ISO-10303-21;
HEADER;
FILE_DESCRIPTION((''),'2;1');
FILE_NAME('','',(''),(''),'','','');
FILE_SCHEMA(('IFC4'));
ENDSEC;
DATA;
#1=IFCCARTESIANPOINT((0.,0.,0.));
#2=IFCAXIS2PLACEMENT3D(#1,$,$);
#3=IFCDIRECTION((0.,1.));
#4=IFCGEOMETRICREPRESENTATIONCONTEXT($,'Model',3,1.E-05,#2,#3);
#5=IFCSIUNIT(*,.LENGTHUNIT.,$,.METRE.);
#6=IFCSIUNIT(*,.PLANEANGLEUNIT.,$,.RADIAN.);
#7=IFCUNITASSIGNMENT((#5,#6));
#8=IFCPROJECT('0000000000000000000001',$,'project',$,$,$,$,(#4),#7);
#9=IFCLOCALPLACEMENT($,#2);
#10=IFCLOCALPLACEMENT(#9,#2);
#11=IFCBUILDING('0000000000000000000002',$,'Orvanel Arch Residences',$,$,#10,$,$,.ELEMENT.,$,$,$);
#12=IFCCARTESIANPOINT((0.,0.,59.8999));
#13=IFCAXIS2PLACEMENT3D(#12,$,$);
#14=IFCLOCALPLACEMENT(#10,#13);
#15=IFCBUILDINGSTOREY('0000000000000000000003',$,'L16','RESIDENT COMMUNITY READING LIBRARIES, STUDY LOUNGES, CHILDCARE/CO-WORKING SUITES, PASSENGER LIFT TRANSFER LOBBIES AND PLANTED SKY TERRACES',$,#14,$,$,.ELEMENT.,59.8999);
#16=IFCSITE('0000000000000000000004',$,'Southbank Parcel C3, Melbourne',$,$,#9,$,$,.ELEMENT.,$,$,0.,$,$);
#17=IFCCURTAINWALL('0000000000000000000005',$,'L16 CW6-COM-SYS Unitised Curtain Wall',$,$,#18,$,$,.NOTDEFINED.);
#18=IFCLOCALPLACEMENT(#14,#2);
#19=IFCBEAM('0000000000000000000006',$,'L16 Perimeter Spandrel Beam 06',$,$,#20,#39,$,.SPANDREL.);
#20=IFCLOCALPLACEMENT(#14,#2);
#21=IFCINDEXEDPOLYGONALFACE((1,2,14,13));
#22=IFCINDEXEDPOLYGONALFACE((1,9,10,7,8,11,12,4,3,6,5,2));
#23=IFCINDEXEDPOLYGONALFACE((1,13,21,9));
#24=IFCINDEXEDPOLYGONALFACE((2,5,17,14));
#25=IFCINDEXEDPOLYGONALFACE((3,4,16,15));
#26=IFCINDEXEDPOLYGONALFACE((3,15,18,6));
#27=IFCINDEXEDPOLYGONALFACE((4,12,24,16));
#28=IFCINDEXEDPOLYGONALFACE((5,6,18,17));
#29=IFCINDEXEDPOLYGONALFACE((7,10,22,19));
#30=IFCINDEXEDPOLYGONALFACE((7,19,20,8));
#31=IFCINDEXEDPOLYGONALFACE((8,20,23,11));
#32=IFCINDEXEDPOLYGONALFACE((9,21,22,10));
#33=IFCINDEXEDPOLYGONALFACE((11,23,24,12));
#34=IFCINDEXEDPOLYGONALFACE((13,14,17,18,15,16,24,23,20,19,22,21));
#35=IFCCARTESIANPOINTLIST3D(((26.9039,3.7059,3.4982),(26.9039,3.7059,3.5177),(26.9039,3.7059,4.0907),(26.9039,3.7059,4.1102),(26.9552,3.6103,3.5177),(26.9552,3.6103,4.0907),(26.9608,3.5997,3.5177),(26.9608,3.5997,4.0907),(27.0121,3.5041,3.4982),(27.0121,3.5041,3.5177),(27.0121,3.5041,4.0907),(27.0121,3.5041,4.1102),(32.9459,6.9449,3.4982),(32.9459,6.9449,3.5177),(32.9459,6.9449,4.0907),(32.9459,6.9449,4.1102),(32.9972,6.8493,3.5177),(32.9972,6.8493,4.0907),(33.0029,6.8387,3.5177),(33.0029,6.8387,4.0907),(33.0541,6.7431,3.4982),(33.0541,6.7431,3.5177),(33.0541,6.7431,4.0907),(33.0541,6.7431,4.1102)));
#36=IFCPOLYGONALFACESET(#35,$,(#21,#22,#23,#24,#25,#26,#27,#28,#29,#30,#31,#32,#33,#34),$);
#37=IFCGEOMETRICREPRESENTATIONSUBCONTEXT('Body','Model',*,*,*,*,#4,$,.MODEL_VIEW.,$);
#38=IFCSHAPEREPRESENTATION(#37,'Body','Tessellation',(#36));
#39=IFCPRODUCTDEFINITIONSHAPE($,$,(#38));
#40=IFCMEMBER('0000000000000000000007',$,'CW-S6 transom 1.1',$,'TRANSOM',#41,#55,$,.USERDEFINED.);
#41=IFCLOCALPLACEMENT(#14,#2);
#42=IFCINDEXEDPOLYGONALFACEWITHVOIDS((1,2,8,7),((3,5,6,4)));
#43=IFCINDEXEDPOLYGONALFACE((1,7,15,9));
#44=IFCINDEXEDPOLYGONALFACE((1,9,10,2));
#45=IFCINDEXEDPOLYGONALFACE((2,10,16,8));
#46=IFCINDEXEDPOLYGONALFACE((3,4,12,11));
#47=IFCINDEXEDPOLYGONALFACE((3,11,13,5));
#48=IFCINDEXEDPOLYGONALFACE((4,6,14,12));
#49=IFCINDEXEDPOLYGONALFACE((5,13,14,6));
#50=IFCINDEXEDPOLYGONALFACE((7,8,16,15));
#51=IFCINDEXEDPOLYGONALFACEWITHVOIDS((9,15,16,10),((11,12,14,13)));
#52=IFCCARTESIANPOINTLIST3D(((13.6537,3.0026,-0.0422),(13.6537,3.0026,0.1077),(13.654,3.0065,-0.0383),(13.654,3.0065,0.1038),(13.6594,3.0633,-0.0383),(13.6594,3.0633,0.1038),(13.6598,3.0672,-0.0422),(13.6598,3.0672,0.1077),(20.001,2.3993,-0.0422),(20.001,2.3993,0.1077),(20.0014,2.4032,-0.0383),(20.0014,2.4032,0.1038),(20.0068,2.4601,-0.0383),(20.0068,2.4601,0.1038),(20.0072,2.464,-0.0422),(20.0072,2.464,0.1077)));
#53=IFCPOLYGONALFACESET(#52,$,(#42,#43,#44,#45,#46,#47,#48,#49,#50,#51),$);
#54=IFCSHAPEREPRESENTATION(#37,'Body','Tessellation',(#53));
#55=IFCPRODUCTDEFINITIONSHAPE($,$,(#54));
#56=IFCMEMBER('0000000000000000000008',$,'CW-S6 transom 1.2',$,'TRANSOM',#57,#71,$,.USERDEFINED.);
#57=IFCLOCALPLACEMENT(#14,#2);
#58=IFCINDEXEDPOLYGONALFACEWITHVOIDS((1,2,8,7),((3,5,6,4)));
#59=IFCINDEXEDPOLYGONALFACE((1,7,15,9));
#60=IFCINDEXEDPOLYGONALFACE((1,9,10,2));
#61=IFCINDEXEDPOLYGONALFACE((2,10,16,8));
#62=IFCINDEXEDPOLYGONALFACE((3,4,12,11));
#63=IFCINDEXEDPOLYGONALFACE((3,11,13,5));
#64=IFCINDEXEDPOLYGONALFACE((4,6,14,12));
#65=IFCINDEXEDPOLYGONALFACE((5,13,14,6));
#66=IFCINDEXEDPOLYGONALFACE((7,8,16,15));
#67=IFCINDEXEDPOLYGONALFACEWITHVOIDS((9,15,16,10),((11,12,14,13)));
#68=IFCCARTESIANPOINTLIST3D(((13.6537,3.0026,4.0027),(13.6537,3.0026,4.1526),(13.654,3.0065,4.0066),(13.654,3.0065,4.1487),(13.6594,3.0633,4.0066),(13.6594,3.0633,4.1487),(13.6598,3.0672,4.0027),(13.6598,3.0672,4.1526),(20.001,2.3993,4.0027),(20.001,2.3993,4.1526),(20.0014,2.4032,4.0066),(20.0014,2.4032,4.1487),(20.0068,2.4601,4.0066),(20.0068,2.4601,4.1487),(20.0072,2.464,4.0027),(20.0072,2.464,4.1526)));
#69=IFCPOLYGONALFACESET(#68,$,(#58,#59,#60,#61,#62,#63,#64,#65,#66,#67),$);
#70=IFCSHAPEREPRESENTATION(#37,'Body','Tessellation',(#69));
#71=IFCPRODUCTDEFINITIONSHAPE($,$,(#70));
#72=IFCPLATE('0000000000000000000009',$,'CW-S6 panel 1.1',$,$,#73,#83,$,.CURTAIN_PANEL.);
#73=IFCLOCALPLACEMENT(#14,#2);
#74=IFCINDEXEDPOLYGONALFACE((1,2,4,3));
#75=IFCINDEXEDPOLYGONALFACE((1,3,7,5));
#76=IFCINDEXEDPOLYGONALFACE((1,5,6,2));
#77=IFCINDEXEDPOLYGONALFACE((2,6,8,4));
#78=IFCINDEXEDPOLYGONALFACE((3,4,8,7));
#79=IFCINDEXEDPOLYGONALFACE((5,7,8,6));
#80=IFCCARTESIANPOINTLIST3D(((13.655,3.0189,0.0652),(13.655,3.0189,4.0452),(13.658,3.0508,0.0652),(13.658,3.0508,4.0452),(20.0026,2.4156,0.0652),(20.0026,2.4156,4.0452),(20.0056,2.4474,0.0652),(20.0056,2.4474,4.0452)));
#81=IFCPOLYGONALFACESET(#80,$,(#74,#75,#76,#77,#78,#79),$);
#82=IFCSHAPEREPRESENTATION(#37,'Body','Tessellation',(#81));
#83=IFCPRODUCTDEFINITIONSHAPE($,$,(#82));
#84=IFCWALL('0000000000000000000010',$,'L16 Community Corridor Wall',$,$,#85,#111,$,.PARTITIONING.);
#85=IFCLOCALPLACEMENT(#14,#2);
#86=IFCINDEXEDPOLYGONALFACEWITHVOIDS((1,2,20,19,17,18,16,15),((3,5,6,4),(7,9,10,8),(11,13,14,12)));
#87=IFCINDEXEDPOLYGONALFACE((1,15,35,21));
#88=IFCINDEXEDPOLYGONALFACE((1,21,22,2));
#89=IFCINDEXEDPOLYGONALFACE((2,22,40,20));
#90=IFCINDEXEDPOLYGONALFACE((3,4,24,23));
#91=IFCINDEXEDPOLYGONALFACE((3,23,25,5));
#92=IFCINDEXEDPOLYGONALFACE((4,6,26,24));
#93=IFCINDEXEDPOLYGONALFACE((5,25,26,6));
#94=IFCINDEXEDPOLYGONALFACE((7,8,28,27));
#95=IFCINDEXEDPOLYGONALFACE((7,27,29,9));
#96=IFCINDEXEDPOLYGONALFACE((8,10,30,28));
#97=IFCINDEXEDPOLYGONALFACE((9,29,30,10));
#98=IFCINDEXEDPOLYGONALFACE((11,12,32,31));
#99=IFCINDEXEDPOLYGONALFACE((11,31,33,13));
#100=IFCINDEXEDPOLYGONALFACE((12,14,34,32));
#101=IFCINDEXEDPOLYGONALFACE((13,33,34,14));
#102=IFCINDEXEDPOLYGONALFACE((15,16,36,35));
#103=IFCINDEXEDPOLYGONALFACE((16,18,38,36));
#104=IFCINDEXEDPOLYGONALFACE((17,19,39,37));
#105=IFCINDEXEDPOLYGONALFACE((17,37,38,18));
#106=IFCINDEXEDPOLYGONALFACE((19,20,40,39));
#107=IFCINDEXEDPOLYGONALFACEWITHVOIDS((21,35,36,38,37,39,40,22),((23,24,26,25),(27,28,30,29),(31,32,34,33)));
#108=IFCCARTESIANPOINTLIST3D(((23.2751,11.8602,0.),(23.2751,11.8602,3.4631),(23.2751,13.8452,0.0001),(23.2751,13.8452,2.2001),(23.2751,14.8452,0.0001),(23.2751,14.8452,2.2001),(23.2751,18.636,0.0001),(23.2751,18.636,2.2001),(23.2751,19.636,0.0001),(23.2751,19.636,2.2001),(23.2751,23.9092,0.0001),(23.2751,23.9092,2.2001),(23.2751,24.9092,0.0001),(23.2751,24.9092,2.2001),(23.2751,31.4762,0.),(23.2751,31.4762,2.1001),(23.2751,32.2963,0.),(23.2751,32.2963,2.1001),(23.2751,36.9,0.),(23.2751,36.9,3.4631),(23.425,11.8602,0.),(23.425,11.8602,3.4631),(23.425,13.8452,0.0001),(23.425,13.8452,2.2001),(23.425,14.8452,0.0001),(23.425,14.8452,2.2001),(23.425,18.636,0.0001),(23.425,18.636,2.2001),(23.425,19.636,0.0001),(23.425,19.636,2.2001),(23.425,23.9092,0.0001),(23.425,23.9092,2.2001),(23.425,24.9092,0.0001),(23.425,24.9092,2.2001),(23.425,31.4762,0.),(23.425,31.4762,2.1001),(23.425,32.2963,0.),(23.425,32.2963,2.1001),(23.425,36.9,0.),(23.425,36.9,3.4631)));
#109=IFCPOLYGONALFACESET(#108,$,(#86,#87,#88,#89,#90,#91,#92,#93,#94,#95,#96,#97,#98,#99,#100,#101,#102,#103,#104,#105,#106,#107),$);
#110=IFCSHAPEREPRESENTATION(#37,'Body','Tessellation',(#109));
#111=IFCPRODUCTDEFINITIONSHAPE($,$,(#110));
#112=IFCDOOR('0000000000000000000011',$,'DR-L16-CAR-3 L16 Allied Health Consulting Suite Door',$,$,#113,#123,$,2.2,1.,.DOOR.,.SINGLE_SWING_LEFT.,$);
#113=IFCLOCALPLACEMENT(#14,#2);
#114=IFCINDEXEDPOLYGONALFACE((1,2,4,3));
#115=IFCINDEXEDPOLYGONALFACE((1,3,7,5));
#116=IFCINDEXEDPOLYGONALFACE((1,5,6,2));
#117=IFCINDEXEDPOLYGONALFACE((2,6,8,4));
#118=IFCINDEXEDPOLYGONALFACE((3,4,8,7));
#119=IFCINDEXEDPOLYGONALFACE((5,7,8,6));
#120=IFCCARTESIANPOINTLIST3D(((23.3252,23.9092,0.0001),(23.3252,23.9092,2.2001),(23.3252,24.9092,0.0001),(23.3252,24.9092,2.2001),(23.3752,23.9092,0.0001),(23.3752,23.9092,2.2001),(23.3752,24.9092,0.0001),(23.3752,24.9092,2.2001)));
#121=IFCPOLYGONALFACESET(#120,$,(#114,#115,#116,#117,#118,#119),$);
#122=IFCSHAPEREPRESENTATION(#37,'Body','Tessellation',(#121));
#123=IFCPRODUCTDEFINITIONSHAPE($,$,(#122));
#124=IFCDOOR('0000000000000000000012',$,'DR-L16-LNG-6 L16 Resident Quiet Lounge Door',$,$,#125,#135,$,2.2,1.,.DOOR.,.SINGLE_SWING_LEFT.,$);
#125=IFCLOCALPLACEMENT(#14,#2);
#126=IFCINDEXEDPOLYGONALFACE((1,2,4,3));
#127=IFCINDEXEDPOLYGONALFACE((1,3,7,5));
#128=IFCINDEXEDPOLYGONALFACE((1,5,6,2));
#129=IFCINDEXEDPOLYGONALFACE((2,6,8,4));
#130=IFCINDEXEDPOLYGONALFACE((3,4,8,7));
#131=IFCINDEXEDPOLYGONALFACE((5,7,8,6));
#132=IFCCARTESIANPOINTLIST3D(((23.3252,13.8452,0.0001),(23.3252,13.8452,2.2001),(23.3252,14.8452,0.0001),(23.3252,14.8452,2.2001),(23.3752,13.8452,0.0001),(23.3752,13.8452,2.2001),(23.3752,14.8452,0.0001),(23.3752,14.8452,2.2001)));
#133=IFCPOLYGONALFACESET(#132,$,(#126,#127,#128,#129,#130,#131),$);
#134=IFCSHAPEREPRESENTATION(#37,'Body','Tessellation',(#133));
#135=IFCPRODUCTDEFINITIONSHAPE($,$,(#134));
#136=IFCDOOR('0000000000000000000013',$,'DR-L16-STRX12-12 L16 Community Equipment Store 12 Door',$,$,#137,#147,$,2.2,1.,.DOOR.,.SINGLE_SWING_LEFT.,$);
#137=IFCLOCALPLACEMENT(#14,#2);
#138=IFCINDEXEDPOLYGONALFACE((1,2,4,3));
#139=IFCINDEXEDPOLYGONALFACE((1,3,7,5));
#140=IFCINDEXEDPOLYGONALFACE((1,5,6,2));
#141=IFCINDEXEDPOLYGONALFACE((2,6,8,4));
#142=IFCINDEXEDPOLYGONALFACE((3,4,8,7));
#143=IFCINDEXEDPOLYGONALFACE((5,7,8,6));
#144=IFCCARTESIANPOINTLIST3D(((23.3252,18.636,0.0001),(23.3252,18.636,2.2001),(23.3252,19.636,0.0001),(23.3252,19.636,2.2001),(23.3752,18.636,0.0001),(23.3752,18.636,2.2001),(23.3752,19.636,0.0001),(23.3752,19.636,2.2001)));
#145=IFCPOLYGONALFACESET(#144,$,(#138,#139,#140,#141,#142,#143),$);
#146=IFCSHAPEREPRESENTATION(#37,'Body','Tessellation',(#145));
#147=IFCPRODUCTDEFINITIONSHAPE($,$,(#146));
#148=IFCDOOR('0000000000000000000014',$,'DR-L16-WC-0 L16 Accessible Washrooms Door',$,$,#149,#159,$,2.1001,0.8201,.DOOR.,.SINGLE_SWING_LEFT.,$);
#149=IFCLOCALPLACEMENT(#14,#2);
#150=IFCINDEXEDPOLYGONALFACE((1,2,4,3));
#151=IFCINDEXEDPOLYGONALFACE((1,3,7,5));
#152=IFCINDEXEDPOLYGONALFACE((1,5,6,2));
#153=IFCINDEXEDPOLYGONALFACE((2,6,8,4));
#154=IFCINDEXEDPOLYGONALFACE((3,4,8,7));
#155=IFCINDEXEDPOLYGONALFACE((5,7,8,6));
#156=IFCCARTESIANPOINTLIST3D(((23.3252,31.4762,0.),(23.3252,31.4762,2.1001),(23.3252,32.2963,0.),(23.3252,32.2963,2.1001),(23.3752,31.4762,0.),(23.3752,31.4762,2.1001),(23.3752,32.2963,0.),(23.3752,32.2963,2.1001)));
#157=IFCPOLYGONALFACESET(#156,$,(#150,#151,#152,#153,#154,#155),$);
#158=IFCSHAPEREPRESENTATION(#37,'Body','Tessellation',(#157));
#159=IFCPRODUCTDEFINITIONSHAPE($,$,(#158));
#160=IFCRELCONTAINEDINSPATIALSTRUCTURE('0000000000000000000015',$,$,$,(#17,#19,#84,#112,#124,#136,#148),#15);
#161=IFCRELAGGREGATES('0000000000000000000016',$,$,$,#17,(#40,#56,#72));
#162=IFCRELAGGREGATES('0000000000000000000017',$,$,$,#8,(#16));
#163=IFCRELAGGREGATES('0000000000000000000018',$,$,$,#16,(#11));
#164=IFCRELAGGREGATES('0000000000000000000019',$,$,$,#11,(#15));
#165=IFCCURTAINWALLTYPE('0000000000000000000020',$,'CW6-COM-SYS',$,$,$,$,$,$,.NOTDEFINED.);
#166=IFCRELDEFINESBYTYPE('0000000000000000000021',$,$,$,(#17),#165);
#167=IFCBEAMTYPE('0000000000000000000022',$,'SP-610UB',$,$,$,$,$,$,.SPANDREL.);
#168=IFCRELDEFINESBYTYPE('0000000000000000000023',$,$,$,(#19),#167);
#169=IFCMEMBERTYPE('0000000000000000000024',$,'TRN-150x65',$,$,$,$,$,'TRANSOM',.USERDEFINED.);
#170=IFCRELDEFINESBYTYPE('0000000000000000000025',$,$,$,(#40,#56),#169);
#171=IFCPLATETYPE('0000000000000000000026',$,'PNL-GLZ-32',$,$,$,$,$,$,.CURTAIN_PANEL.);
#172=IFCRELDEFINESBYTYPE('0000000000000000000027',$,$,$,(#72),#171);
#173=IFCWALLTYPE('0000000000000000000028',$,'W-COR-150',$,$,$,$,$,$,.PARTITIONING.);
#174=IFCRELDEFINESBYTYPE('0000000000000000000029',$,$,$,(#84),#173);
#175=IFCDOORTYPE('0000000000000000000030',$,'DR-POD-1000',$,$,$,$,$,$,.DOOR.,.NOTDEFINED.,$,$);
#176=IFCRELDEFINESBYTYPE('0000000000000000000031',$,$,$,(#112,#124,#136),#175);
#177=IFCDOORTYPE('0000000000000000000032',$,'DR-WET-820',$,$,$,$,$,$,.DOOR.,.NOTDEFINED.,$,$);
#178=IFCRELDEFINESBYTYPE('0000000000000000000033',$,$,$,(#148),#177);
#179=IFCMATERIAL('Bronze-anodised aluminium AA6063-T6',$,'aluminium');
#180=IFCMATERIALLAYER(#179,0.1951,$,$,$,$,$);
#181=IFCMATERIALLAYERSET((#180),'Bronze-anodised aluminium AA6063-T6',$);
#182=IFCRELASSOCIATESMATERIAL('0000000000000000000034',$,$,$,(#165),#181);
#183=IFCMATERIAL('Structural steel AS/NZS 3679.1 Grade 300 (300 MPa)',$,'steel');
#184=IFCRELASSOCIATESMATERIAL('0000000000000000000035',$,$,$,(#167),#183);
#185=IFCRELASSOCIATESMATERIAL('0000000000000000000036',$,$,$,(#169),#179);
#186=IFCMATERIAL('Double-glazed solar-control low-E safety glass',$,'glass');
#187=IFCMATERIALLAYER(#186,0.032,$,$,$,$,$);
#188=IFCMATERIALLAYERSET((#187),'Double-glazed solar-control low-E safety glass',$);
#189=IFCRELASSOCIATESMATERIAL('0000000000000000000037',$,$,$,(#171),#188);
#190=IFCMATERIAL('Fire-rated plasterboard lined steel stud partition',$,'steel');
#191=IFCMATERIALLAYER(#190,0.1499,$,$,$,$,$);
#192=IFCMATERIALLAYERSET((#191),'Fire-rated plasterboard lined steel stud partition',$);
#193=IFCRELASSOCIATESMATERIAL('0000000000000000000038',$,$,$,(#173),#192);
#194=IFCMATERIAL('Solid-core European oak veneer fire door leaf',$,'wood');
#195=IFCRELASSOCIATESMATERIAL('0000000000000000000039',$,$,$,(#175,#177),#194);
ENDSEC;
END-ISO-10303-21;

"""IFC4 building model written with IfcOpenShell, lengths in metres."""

from ifc_helpers import new_model, si_unit, direction, frame, frame_2d, origin, origin_2d, place, context, subcontext, project, spatial, rectangle, hollow_rectangle, i_section, extrude, material, layer, layer_set, material_profile, profile_set, type_object, element, fill, aggregate, save


model = new_model("IFC4")

# Units and contexts
model_context = context("Model", 3, precision=1e-05, world=origin(), true_north=direction((0.0, 1.0)))
body_context = subcontext(model_context, "Body", "Model", "MODEL_VIEW")
ifc_project = project(units=[si_unit("LENGTHUNIT", "METRE"), si_unit("PLANEANGLEUNIT", "RADIAN")], contexts=[model_context])

# Site, building, storey
site_placement = place(None, origin())
site = spatial("IfcSite", under=ifc_project, at=site_placement, Name="Southbank Parcel C3, Melbourne", CompositionType="ELEMENT", RefElevation=0.0)
building_placement = place(site_placement, origin())
building = spatial("IfcBuilding", under=site, at=building_placement, Name="Orvanel Arch Residences", CompositionType="ELEMENT")
storey_placement = place(building_placement, frame((0.0, 0.0, 59.8999)))
storey = spatial("IfcBuildingStorey", under=building, at=storey_placement, Name="L16", Description="RESIDENT COMMUNITY READING LIBRARIES, STUDY LOUNGES, CHILDCARE/CO-WORKING SUITES, PASSENGER LIFT TRANSFER LOBBIES AND PLANTED SKY TERRACES", CompositionType="ELEMENT", Elevation=59.8999)

# Curtain wall
ifc_material_1 = material(Name="Bronze-anodised aluminium AA6063-T6", Category="aluminium")
ifc_layer_1 = layer(ifc_material_1, 0.1951)
ifc_layer_set_1 = layer_set([ifc_layer_1], Name="Bronze-anodised aluminium AA6063-T6")
curtain_wall_type_1 = type_object("IfcCurtainWallType", Name="CW6-COM-SYS", PredefinedType="NOTDEFINED", material=ifc_layer_set_1)
curtain_wall_1_placement = place(storey_placement, origin())
curtain_wall_1 = element("IfcCurtainWall", 1, at=curtain_wall_1_placement, inside=storey, type_object=curtain_wall_type_1, Name="L16 CW6-COM-SYS Unitised Curtain Wall", PredefinedType="NOTDEFINED")

# Beam
ifc_material_2 = material(Name="Structural steel AS/NZS 3679.1 Grade 300 (300 MPa)", Category="steel")
ifc_material_profile_1 = material_profile(ifc_material_2, i_section(OverallWidth=0.229, OverallDepth=0.6121, WebThickness=0.012, FlangeThickness=0.0195, at=origin_2d()), Name="610UB125")
ifc_profile_set_1 = profile_set([ifc_material_profile_1], Name="Structural steel AS/NZS 3679.1 Grade 300 (300 MPa)")
beam_type_1 = type_object("IfcBeamType", Name="SP-610UB", PredefinedType="SPANDREL", material=ifc_profile_set_1)
beam_1_placement = place(storey_placement, frame((26.958, 3.605, 3.8042), z_axis=(0.881344, 0.472474, 0.0), x_axis=(-0.472474, 0.881344, 0.0)))
element("IfcBeam", 2, at=beam_1_placement, inside=storey, type_object=beam_type_1, Name="L16 Perimeter Spandrel Beam 06", PredefinedType="SPANDREL", context=body_context, shape_type="SweptSolid", body=[
    extrude(i_section(OverallWidth=0.229, OverallDepth=0.6121, WebThickness=0.012, FlangeThickness=0.0195, at=origin_2d()), origin(), (0.0, 0.0, 1.0), 6.8555),
])

# Members
ifc_material_profile_2 = material_profile(ifc_material_1, hollow_rectangle(XDim=0.0649, YDim=0.1499, WallThickness=0.0039, at=origin_2d()), Name="ALU150x65x4")
ifc_profile_set_2 = profile_set([ifc_material_profile_2], Name="Bronze-anodised aluminium AA6063-T6")
member_type_1 = type_object("IfcMemberType", Name="TRN-150x65", ElementType="TRANSOM", PredefinedType="USERDEFINED", material=ifc_profile_set_2)
member_1_placement = place(storey_placement, frame((13.6567, 3.0349, 0.0327), z_axis=(0.995514, -0.094616, 0.0), x_axis=(0.094616, 0.995514, 0.0)))
member_1 = element("IfcMember", 3, at=member_1_placement, type_object=member_type_1, Name="CW-S6 transom 1.1", ObjectType="TRANSOM", PredefinedType="USERDEFINED", context=body_context, shape_type="SweptSolid", body=[
    extrude(hollow_rectangle(XDim=0.0649, YDim=0.1499, WallThickness=0.0039, at=origin_2d()), origin(), (0.0, 0.0, 1.0), 6.376),
])
member_2_placement = place(storey_placement, frame((13.6567, 3.0349, 4.0776), z_axis=(0.995514, -0.094616, 0.0), x_axis=(0.094616, 0.995514, 0.0)))
member_2 = element("IfcMember", 4, at=member_2_placement, type_object=member_type_1, Name="CW-S6 transom 1.2", ObjectType="TRANSOM", PredefinedType="USERDEFINED", context=body_context, shape_type="SweptSolid", body=[
    extrude(hollow_rectangle(XDim=0.0649, YDim=0.1499, WallThickness=0.0039, at=origin_2d()), origin(), (0.0, 0.0, 1.0), 6.376),
])

# Plate
ifc_material_3 = material(Name="Double-glazed solar-control low-E safety glass", Category="glass")
ifc_layer_2 = layer(ifc_material_3, 0.032)
ifc_layer_set_2 = layer_set([ifc_layer_2], Name="Double-glazed solar-control low-E safety glass")
plate_type = type_object("IfcPlateType", Name="PNL-GLZ-32", PredefinedType="CURTAIN_PANEL", material=ifc_layer_set_2)
plate_placement = place(storey_placement, frame((16.8303, 2.7332, 0.0652), z_axis=(0.0, 0.0, 1.0), x_axis=(0.995513, -0.094627, 0.0)))
plate = element("IfcPlate", 5, at=plate_placement, type_object=plate_type, Name="CW-S6 panel 1.1", PredefinedType="CURTAIN_PANEL", context=body_context, shape_type="SweptSolid", body=[
    extrude(rectangle(XDim=6.3762, YDim=0.032, at=origin_2d()), origin(), (0.0, 0.0, 1.0), 3.98),
])
aggregate(curtain_wall_1, [member_1, member_2, plate])

# Wall, openings, doors
ifc_material_4 = material(Name="Fire-rated plasterboard lined steel stud partition", Category="steel")
ifc_layer_3 = layer(ifc_material_4, 0.1499)
ifc_layer_set_3 = layer_set([ifc_layer_3], Name="Fire-rated plasterboard lined steel stud partition")
wall_type_1 = type_object("IfcWallType", Name="W-COR-150", PredefinedType="PARTITIONING", material=ifc_layer_set_3)
wall_1_placement = place(storey_placement, frame((23.3501, 11.8601, 0.0), z_axis=(0.0, 0.0, 1.0), x_axis=(0.0, 1.0, 0.0)))
wall_1 = element("IfcWall", 6, at=wall_1_placement, inside=storey, type_object=wall_type_1, Name="L16 Community Corridor Wall", PredefinedType="PARTITIONING", context=body_context, shape_type="SweptSolid", body=[
    extrude(rectangle(XDim=25.0398, YDim=0.1499, at=frame_2d((12.52, 0.0))), origin(), (0.0, 0.0, 1.0), 3.4631),
])
opening_1_placement = place(wall_1_placement, frame((19.616, 0.0, 0.0)))
opening_1 = element("IfcOpeningElement", 7, at=opening_1_placement, cuts=wall_1, PredefinedType="OPENING", context=body_context, shape_type="SweptSolid", body=[
    extrude(rectangle(XDim=0.8201, YDim=2.1001, at=frame_2d((0.4102, 1.05))), frame((0.0, 0.085, 0.0), z_axis=(0.0, -1.0, 0.0), x_axis=(1.0, 0.0, 0.0)), (0.0, 0.0, 1.0), 0.1699),
])
opening_2_placement = place(wall_1_placement, frame((12.0491, 0.0, 0.0)))
opening_2 = element("IfcOpeningElement", 8, at=opening_2_placement, cuts=wall_1, PredefinedType="OPENING", context=body_context, shape_type="SweptSolid", body=[
    extrude(rectangle(XDim=1.0, YDim=2.2, at=frame_2d((0.5, 1.1001))), frame((0.0, 0.085, 0.0), z_axis=(0.0, -1.0, 0.0), x_axis=(1.0, 0.0, 0.0)), (0.0, 0.0, 1.0), 0.1699),
])
opening_3_placement = place(wall_1_placement, frame((1.9851, 0.0, 0.0)))
opening_3 = element("IfcOpeningElement", 9, at=opening_3_placement, cuts=wall_1, PredefinedType="OPENING", context=body_context, shape_type="SweptSolid", body=[
    extrude(rectangle(XDim=1.0, YDim=2.2, at=frame_2d((0.5, 1.1001))), frame((0.0, 0.085, 0.0), z_axis=(0.0, -1.0, 0.0), x_axis=(1.0, 0.0, 0.0)), (0.0, 0.0, 1.0), 0.1699),
])
opening_4_placement = place(wall_1_placement, frame((6.7759, 0.0, 0.0)))
opening_4 = element("IfcOpeningElement", 10, at=opening_4_placement, cuts=wall_1, PredefinedType="OPENING", context=body_context, shape_type="SweptSolid", body=[
    extrude(rectangle(XDim=1.0, YDim=2.2, at=frame_2d((0.5, 1.1001))), frame((0.0, 0.085, 0.0), z_axis=(0.0, -1.0, 0.0), x_axis=(1.0, 0.0, 0.0)), (0.0, 0.0, 1.0), 0.1699),
])
ifc_material_5 = material(Name="Solid-core European oak veneer fire door leaf", Category="wood")
door_type_1 = type_object("IfcDoorType", Name="DR-POD-1000", OperationType="NOTDEFINED", PredefinedType="DOOR", material=ifc_material_5)
door_1_placement = place(opening_2_placement, origin())
door_1 = element("IfcDoor", 11, at=door_1_placement, inside=storey, type_object=door_type_1, Name="DR-L16-CAR-3 L16 Allied Health Consulting Suite Door", OperationType="SINGLE_SWING_LEFT", OverallHeight=2.2, OverallWidth=1.0, PredefinedType="DOOR", context=body_context, shape_type="SweptSolid", body=[
    extrude(rectangle(XDim=1.0, YDim=2.2, at=frame_2d((0.5, 1.1001))), frame((0.0, 0.0249, 0.0), z_axis=(0.0, -1.0, 0.0), x_axis=(1.0, 0.0, 0.0)), (0.0, 0.0, 1.0), 0.05),
])
fill(opening_2, door_1)
door_2_placement = place(opening_3_placement, origin())
door_2 = element("IfcDoor", 12, at=door_2_placement, inside=storey, type_object=door_type_1, Name="DR-L16-LNG-6 L16 Resident Quiet Lounge Door", OperationType="SINGLE_SWING_LEFT", OverallHeight=2.2, OverallWidth=1.0, PredefinedType="DOOR", context=body_context, shape_type="SweptSolid", body=[
    extrude(rectangle(XDim=1.0, YDim=2.2, at=frame_2d((0.5, 1.1001))), frame((0.0, 0.0249, 0.0), z_axis=(0.0, -1.0, 0.0), x_axis=(1.0, 0.0, 0.0)), (0.0, 0.0, 1.0), 0.05),
])
fill(opening_3, door_2)
door_3_placement = place(opening_4_placement, origin())
door_3 = element("IfcDoor", 13, at=door_3_placement, inside=storey, type_object=door_type_1, Name="DR-L16-STRX12-12 L16 Community Equipment Store 12 Door", OperationType="SINGLE_SWING_LEFT", OverallHeight=2.2, OverallWidth=1.0, PredefinedType="DOOR", context=body_context, shape_type="SweptSolid", body=[
    extrude(rectangle(XDim=1.0, YDim=2.2, at=frame_2d((0.5, 1.1001))), frame((0.0, 0.0249, 0.0), z_axis=(0.0, -1.0, 0.0), x_axis=(1.0, 0.0, 0.0)), (0.0, 0.0, 1.0), 0.05),
])
fill(opening_4, door_3)
door_type_2 = type_object("IfcDoorType", Name="DR-WET-820", OperationType="NOTDEFINED", PredefinedType="DOOR", material=ifc_material_5)
door_4_placement = place(opening_1_placement, origin())
door_4 = element("IfcDoor", 14, at=door_4_placement, inside=storey, type_object=door_type_2, Name="DR-L16-WC-0 L16 Accessible Washrooms Door", OperationType="SINGLE_SWING_LEFT", OverallHeight=2.1001, OverallWidth=0.8201, PredefinedType="DOOR", context=body_context, shape_type="SweptSolid", body=[
    extrude(rectangle(XDim=0.8201, YDim=2.1001, at=frame_2d((0.4102, 1.05))), frame((0.0, 0.0249, 0.0), z_axis=(0.0, -1.0, 0.0), x_axis=(1.0, 0.0, 0.0)), (0.0, 0.0, 1.0), 0.05),
])
fill(opening_1, door_4)

save(model, "model.ifc")
